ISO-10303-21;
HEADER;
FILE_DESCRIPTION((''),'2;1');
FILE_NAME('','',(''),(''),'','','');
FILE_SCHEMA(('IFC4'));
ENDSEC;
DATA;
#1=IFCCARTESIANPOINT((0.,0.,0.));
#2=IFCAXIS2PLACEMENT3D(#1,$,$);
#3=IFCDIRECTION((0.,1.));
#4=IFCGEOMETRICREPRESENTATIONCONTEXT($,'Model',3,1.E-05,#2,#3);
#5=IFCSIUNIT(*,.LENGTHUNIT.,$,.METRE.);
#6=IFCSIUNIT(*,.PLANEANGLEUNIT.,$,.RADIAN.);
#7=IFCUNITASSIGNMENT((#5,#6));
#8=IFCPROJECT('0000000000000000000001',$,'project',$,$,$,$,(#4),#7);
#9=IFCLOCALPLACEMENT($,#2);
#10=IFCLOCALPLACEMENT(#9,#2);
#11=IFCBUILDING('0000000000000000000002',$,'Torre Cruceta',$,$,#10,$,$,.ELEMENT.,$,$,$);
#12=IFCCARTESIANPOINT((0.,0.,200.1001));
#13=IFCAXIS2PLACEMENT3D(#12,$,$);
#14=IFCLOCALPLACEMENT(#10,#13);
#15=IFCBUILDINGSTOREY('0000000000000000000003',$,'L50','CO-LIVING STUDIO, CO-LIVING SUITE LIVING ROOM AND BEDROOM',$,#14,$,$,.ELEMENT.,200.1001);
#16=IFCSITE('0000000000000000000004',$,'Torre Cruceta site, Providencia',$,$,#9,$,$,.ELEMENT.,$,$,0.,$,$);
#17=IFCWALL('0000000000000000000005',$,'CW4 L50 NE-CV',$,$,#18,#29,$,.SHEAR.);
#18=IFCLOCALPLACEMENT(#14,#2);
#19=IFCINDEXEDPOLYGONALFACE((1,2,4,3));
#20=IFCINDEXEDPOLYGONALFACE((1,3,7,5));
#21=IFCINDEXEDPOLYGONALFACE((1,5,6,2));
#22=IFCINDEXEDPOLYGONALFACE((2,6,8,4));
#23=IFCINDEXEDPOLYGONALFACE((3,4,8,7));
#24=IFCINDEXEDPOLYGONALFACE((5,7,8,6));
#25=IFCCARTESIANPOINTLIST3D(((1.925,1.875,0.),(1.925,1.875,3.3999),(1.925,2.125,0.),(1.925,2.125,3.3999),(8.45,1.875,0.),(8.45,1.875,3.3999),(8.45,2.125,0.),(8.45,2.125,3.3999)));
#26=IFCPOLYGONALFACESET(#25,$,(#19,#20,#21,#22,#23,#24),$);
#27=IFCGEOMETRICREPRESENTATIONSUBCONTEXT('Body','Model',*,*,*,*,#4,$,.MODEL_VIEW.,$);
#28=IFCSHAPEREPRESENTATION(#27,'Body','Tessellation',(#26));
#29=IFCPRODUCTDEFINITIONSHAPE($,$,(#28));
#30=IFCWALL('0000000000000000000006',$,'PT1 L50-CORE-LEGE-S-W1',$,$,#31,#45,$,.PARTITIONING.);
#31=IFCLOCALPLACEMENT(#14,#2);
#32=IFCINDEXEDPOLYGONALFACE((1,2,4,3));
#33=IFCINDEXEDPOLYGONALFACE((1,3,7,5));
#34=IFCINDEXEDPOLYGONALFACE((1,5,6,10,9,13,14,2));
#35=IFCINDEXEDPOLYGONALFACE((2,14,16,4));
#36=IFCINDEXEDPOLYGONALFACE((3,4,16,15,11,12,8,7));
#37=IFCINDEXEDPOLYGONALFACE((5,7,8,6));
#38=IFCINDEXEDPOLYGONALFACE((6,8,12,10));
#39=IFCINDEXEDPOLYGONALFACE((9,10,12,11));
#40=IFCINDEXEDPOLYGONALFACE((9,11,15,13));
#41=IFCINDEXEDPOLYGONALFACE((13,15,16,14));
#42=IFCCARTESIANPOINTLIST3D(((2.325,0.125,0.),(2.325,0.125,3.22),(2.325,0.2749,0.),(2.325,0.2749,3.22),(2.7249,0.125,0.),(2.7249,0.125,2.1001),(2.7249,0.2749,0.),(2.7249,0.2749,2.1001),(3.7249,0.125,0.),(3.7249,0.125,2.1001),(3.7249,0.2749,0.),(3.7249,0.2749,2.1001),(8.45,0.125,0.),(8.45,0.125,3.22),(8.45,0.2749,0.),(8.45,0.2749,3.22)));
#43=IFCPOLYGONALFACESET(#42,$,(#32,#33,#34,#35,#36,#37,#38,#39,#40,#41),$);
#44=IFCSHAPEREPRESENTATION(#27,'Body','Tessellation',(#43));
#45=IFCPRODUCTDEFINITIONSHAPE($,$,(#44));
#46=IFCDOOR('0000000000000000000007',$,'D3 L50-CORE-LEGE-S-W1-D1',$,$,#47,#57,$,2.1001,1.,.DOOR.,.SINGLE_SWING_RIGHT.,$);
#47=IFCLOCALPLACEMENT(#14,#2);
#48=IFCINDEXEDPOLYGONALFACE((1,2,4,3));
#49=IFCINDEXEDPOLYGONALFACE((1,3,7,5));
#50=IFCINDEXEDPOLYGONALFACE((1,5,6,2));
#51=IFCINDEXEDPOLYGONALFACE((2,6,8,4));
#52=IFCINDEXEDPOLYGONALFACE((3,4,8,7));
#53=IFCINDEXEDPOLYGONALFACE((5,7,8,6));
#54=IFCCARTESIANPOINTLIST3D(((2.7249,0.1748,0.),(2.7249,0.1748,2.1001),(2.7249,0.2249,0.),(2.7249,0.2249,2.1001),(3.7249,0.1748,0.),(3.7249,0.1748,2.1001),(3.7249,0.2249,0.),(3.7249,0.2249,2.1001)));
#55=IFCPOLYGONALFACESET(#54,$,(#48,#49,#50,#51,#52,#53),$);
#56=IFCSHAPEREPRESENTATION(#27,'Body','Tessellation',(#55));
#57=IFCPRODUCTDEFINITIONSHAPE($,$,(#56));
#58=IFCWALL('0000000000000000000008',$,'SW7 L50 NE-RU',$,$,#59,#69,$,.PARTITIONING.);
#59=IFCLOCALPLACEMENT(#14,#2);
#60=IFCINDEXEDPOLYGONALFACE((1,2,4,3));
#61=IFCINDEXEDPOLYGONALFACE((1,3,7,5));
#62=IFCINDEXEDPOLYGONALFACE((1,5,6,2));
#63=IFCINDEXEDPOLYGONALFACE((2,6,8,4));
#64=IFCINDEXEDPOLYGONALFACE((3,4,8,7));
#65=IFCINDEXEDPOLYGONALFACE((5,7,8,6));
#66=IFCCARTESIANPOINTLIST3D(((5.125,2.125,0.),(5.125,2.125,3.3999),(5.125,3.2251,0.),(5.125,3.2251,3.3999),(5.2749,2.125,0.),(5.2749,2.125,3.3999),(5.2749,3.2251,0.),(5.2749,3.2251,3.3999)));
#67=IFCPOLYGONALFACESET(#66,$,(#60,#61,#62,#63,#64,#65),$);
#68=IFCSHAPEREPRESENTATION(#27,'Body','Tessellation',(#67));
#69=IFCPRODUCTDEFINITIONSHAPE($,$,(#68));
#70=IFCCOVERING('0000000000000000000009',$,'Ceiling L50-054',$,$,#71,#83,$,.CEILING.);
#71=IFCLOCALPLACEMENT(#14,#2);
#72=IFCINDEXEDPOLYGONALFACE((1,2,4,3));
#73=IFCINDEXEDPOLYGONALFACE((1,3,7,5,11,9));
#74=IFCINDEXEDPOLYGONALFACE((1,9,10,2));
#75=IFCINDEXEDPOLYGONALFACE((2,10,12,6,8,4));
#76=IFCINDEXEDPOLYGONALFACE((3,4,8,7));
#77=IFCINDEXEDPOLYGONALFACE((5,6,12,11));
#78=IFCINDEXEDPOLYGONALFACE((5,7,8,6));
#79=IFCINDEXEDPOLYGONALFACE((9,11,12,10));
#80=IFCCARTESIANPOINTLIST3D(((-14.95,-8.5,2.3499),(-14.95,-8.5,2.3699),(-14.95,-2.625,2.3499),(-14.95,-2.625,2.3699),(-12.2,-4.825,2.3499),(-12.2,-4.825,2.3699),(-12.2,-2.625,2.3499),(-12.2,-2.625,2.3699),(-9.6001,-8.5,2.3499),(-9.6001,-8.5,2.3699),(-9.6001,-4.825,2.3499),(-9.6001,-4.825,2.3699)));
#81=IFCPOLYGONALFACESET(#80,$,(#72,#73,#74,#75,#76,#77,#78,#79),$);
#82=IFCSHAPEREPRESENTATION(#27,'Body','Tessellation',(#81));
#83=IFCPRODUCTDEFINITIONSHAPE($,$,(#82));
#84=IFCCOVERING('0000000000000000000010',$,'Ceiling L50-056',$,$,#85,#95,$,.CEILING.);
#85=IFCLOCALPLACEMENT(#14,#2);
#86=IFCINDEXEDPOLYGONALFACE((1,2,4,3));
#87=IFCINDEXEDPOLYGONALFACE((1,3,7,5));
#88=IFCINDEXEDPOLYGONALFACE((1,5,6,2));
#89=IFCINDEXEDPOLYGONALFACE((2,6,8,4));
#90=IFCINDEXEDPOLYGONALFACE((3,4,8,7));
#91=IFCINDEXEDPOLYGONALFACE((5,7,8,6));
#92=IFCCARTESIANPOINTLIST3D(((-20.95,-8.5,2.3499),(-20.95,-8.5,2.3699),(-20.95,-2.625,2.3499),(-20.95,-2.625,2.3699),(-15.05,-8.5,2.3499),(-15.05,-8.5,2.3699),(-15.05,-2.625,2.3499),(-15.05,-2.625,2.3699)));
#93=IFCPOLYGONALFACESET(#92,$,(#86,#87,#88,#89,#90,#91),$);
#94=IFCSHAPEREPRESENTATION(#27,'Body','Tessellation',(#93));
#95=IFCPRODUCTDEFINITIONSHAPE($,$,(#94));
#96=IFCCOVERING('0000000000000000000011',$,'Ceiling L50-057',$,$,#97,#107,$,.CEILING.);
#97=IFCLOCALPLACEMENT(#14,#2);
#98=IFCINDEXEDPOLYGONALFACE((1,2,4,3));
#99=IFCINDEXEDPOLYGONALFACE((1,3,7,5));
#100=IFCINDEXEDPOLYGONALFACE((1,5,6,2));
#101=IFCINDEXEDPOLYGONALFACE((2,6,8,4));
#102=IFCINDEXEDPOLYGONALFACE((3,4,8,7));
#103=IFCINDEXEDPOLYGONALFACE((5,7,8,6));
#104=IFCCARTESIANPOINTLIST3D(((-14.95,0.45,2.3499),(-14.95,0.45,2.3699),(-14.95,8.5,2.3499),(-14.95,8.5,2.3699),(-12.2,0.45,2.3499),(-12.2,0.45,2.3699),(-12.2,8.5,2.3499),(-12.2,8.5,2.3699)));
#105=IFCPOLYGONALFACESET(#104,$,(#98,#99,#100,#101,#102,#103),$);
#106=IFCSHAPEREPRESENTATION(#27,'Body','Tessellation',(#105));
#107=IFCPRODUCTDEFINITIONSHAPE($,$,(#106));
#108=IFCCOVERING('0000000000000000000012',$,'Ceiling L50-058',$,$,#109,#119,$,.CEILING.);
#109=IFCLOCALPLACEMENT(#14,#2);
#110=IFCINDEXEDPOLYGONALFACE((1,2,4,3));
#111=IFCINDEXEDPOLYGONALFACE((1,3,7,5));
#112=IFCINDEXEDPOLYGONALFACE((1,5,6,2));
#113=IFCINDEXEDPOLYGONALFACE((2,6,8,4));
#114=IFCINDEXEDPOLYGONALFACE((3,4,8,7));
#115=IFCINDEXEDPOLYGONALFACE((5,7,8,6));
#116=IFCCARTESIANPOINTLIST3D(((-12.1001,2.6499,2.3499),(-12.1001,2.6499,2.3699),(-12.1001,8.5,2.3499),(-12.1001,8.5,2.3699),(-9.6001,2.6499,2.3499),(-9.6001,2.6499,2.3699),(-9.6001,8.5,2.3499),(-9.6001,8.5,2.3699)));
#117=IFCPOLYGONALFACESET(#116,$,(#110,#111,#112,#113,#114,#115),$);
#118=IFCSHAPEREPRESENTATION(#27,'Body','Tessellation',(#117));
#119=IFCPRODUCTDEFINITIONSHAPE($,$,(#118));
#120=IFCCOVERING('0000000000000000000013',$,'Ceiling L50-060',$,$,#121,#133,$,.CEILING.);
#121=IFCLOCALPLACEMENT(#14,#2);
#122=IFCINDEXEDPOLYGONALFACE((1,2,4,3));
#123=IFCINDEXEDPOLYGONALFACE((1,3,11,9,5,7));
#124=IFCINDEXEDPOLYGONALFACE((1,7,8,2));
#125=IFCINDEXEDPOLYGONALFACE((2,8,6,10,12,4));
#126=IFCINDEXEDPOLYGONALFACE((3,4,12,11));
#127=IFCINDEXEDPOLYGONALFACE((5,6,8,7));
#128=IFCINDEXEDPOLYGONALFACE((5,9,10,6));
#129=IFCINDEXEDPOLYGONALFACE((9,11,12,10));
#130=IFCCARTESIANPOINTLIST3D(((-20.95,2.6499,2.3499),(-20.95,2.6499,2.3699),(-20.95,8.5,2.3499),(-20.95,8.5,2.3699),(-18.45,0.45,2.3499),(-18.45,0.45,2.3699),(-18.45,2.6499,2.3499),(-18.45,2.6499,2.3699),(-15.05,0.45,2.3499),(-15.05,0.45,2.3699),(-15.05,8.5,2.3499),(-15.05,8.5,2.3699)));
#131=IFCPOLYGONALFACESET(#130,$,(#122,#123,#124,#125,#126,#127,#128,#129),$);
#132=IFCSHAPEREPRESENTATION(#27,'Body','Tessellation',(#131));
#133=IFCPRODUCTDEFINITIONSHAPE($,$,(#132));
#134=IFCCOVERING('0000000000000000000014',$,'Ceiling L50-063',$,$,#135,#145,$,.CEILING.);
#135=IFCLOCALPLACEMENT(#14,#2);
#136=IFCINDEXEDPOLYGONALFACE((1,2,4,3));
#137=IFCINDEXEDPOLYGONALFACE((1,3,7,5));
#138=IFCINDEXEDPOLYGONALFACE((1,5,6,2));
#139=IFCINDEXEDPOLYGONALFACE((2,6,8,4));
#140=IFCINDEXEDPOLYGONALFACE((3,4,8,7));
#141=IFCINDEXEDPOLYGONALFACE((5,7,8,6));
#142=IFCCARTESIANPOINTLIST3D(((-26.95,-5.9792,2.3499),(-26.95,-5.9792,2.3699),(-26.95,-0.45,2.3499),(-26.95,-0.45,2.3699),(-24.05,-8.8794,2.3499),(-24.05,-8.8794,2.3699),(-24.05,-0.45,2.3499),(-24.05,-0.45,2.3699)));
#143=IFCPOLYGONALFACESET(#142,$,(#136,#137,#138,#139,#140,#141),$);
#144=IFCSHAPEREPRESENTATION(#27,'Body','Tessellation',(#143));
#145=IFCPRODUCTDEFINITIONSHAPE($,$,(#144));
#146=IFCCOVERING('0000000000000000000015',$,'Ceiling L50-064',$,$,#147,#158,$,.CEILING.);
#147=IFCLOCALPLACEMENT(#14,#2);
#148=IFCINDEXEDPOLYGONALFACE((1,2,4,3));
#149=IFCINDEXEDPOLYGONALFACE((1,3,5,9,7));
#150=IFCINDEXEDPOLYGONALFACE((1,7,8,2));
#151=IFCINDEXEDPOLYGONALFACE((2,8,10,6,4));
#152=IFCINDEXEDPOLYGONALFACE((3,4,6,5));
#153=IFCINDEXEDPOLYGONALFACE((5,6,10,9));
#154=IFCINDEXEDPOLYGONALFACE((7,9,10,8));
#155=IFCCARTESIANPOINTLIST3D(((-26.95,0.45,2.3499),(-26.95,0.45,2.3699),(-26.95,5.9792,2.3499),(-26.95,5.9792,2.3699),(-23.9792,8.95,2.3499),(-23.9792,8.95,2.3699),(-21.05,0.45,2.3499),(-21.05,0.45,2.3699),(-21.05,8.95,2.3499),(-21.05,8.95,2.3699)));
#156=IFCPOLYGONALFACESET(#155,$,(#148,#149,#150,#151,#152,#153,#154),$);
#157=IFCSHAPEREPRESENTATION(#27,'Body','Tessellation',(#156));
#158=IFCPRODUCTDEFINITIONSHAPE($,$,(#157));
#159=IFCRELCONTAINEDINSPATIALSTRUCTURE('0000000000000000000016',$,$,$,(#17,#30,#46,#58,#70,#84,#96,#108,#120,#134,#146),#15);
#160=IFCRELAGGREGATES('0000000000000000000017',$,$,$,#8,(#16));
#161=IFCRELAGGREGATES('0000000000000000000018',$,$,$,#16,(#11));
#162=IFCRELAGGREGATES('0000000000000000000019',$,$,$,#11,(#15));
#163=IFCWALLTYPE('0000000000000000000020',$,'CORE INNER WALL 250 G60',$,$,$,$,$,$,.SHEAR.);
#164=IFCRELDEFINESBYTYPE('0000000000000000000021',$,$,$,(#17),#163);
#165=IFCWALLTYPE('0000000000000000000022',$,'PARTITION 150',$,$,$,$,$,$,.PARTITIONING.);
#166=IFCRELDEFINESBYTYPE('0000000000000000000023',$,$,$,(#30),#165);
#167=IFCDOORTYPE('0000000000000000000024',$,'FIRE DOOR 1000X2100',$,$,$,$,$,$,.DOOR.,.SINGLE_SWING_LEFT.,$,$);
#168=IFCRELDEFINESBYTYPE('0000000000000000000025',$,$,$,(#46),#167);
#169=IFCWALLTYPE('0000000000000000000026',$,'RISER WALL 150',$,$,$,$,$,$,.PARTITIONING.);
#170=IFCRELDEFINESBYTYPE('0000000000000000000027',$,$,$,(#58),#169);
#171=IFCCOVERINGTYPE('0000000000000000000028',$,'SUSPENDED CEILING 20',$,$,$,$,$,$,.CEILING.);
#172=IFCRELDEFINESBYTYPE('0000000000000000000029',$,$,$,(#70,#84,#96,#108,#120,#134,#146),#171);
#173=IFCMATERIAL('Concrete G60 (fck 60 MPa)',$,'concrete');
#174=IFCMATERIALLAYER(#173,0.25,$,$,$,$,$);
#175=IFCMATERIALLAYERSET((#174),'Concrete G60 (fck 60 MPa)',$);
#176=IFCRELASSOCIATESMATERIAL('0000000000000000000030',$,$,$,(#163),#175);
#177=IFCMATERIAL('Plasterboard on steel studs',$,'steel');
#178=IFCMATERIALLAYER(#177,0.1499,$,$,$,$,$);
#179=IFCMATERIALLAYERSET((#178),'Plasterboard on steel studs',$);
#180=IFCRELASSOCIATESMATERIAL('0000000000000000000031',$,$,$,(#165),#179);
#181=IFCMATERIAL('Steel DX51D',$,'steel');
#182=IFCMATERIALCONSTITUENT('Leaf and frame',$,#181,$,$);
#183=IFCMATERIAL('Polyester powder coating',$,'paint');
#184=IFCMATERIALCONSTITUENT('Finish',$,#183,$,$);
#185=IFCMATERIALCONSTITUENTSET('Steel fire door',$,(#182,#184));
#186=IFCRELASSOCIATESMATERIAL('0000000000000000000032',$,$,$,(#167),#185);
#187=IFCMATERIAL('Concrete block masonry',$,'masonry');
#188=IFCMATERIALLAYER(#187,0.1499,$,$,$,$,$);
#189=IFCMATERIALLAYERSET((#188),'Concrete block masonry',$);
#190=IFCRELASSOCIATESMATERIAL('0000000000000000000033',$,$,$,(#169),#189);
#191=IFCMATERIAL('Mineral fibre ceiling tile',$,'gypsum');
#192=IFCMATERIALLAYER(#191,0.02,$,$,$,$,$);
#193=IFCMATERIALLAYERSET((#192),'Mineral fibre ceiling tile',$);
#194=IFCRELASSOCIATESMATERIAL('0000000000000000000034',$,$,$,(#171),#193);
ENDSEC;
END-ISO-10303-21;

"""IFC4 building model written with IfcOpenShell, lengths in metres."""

from ifc_helpers import new_model, si_unit, direction, frame, frame_2d, origin, place, context, subcontext, project, spatial, polyline, rectangle, outline, extrude, material, layer, layer_set, constituent, constituent_set, type_object, element, fill, save


model = new_model("IFC4")

# Units and contexts
model_context = context("Model", 3, precision=1e-05, world=origin(), true_north=direction((0.0, 1.0)))
body_context = subcontext(model_context, "Body", "Model", "MODEL_VIEW")
ifc_project = project(units=[si_unit("LENGTHUNIT", "METRE"), si_unit("PLANEANGLEUNIT", "RADIAN")], contexts=[model_context])

# Site, building, storey
site_placement = place(None, origin())
site = spatial("IfcSite", under=ifc_project, at=site_placement, Name="Torre Cruceta site, Providencia", CompositionType="ELEMENT", RefElevation=0.0)
building_placement = place(site_placement, origin())
building = spatial("IfcBuilding", under=site, at=building_placement, Name="Torre Cruceta", CompositionType="ELEMENT")
storey_placement = place(building_placement, frame((0.0, 0.0, 200.1001)))
storey = spatial("IfcBuildingStorey", under=building, at=storey_placement, Name="L50", Description="CO-LIVING STUDIO, CO-LIVING SUITE LIVING ROOM AND BEDROOM", CompositionType="ELEMENT", Elevation=200.1001)

# Shared definitions
ifc_material_1 = material(Name="Concrete G60 (fck 60 MPa)", Category="concrete")
ifc_layer_1 = layer(ifc_material_1, 0.25)
ifc_layer_set_1 = layer_set([ifc_layer_1], Name="Concrete G60 (fck 60 MPa)")
wall_type_1 = type_object("IfcWallType", Name="CORE INNER WALL 250 G60", PredefinedType="SHEAR", material=ifc_layer_set_1)

# Wall
wall_1_placement = place(storey_placement, frame((1.925, 2.0, 0.0), z_axis=(0.0, 0.0, 1.0), x_axis=(1.0, 0.0, 0.0)))
element("IfcWall", 1, at=wall_1_placement, inside=storey, type_object=wall_type_1, Name="CW4 L50 NE-CV", PredefinedType="SHEAR", context=body_context, shape_type="SweptSolid", body=[
    extrude(rectangle(XDim=6.5249, YDim=0.25, at=frame_2d((3.2625, 0.0))), origin(), (0.0, 0.0, 1.0), 3.3999),
])

# Wall, opening, door
ifc_material_2 = material(Name="Plasterboard on steel studs", Category="steel")
ifc_layer_2 = layer(ifc_material_2, 0.1499)
ifc_layer_set_2 = layer_set([ifc_layer_2], Name="Plasterboard on steel studs")
wall_type_2 = type_object("IfcWallType", Name="PARTITION 150", PredefinedType="PARTITIONING", material=ifc_layer_set_2)
wall_2_placement = place(storey_placement, frame((2.325, 0.2, 0.0), z_axis=(0.0, 0.0, 1.0), x_axis=(1.0, 0.0, 0.0)))
wall_2 = element("IfcWall", 2, at=wall_2_placement, inside=storey, type_object=wall_type_2, Name="PT1 L50-CORE-LEGE-S-W1", PredefinedType="PARTITIONING", context=body_context, shape_type="SweptSolid", body=[
    extrude(rectangle(XDim=6.125, YDim=0.1499, at=frame_2d((3.0625, 0.0))), origin(), (0.0, 0.0, 1.0), 3.22),
])
opening_1_placement = place(wall_2_placement, frame((0.3999, 0.0, 0.0)))
opening_1 = element("IfcOpeningElement", 3, at=opening_1_placement, cuts=wall_2, PredefinedType="OPENING", context=body_context, shape_type="SweptSolid", body=[
    extrude(rectangle(XDim=1.0, YDim=2.1001, at=frame_2d((0.5, 1.05))), frame((0.0, 0.085, 0.0), z_axis=(0.0, -1.0, 0.0), x_axis=(1.0, 0.0, 0.0)), (0.0, 0.0, 1.0), 0.1699),
])
ifc_material_3 = material(Name="Steel DX51D", Category="steel")
ifc_constituent_1 = constituent(ifc_material_3, Name="Leaf and frame")
ifc_material_4 = material(Name="Polyester powder coating", Category="paint")
ifc_constituent_2 = constituent(ifc_material_4, Name="Finish")
ifc_constituent_set_1 = constituent_set(constituents=[ifc_constituent_1, ifc_constituent_2], Name="Steel fire door")
door_type_1 = type_object("IfcDoorType", Name="FIRE DOOR 1000X2100", OperationType="SINGLE_SWING_LEFT", PredefinedType="DOOR", material=ifc_constituent_set_1)
door_1_placement = place(opening_1_placement, frame((1.0, 0.0, 0.0), z_axis=(0.0, 0.0, 1.0), x_axis=(-1.0, 0.0, 0.0)))
door_1 = element("IfcDoor", 4, at=door_1_placement, inside=storey, type_object=door_type_1, Name="D3 L50-CORE-LEGE-S-W1-D1", OperationType="SINGLE_SWING_RIGHT", OverallHeight=2.1001, OverallWidth=1.0, PredefinedType="DOOR", context=body_context, shape_type="SweptSolid", body=[
    extrude(rectangle(XDim=1.0, YDim=2.1001, at=frame_2d((0.5, 1.05))), frame((0.0, 0.0251, 0.0), z_axis=(0.0, -1.0, 0.0), x_axis=(1.0, 0.0, 0.0)), (0.0, 0.0, 1.0), 0.05),
])
fill(opening_1, door_1)

# Wall
ifc_material_5 = material(Name="Concrete block masonry", Category="masonry")
ifc_layer_3 = layer(ifc_material_5, 0.1499)
ifc_layer_set_3 = layer_set([ifc_layer_3], Name="Concrete block masonry")
wall_type_3 = type_object("IfcWallType", Name="RISER WALL 150", PredefinedType="PARTITIONING", material=ifc_layer_set_3)
wall_3_placement = place(storey_placement, frame((5.2, 2.125, 0.0), z_axis=(0.0, 0.0, 1.0), x_axis=(0.0, 1.0, 0.0)))
element("IfcWall", 5, at=wall_3_placement, inside=storey, type_object=wall_type_3, Name="SW7 L50 NE-RU", PredefinedType="PARTITIONING", context=body_context, shape_type="SweptSolid", body=[
    extrude(rectangle(XDim=1.1001, YDim=0.1499, at=frame_2d((0.55, 0.0))), origin(), (0.0, 0.0, 1.0), 3.3999),
])

# Coverings
ifc_material_6 = material(Name="Mineral fibre ceiling tile", Category="gypsum")
ifc_layer_4 = layer(ifc_material_6, 0.02)
ifc_layer_set_4 = layer_set([ifc_layer_4], Name="Mineral fibre ceiling tile")
covering_type = type_object("IfcCoveringType", Name="SUSPENDED CEILING 20", PredefinedType="CEILING", material=ifc_layer_set_4)
covering_1_placement = place(storey_placement, frame((0.0, 0.0, 2.3499)))
element("IfcCovering", 6, at=covering_1_placement, inside=storey, type_object=covering_type, Name="Ceiling L50-054", PredefinedType="CEILING", context=body_context, shape_type="SweptSolid", body=[
    extrude(outline(polyline([(-9.6001, -8.5), (-14.95, -8.5), (-14.95, -2.625), (-12.2, -2.625), (-12.2, -4.825), (-9.6001, -4.825), (-9.6001, -8.5)])), origin(), (0.0, 0.0, 1.0), 0.02),
])
covering_2_placement = place(storey_placement, frame((0.0, 0.0, 2.3499)))
element("IfcCovering", 7, at=covering_2_placement, inside=storey, type_object=covering_type, Name="Ceiling L50-056", PredefinedType="CEILING", context=body_context, shape_type="SweptSolid", body=[
    extrude(outline(polyline([(-15.05, -2.625), (-15.05, -8.5), (-20.95, -8.5), (-20.95, -2.625), (-15.05, -2.625)])), origin(), (0.0, 0.0, 1.0), 0.02),
])
covering_3_placement = place(storey_placement, frame((0.0, 0.0, 2.3499)))
element("IfcCovering", 8, at=covering_3_placement, inside=storey, type_object=covering_type, Name="Ceiling L50-057", PredefinedType="CEILING", context=body_context, shape_type="SweptSolid", body=[
    extrude(outline(polyline([(-14.95, 8.5), (-12.2, 8.5), (-12.2, 0.45), (-14.95, 0.45), (-14.95, 8.5)])), origin(), (0.0, 0.0, 1.0), 0.02),
])
covering_4_placement = place(storey_placement, frame((0.0, 0.0, 2.3499)))
element("IfcCovering", 9, at=covering_4_placement, inside=storey, type_object=covering_type, Name="Ceiling L50-058", PredefinedType="CEILING", context=body_context, shape_type="SweptSolid", body=[
    extrude(outline(polyline([(-9.6001, 8.5), (-9.6001, 2.6499), (-12.1001, 2.6499), (-12.1001, 8.5), (-9.6001, 8.5)])), origin(), (0.0, 0.0, 1.0), 0.02),
])
covering_5_placement = place(storey_placement, frame((0.0, 0.0, 2.3499)))
element("IfcCovering", 10, at=covering_5_placement, inside=storey, type_object=covering_type, Name="Ceiling L50-060", PredefinedType="CEILING", context=body_context, shape_type="SweptSolid", body=[
    extrude(outline(polyline([(-20.95, 8.5), (-15.05, 8.5), (-15.05, 0.45), (-18.45, 0.45), (-18.45, 2.6499), (-20.95, 2.6499), (-20.95, 8.5)])), origin(), (0.0, 0.0, 1.0), 0.02),
])
covering_6_placement = place(storey_placement, frame((0.0, 0.0, 2.3499)))
element("IfcCovering", 11, at=covering_6_placement, inside=storey, type_object=covering_type, Name="Ceiling L50-063", PredefinedType="CEILING", context=body_context, shape_type="SweptSolid", body=[
    extrude(outline(polyline([(-26.95, -0.45), (-24.05, -0.45), (-24.05, -8.8794), (-26.95, -5.9792), (-26.95, -0.45)])), origin(), (0.0, 0.0, 1.0), 0.02),
])
covering_7_placement = place(storey_placement, frame((0.0, 0.0, 2.3499)))
element("IfcCovering", 12, at=covering_7_placement, inside=storey, type_object=covering_type, Name="Ceiling L50-064", PredefinedType="CEILING", context=body_context, shape_type="SweptSolid", body=[
    extrude(outline(polyline([(-23.9792, 8.95), (-21.05, 8.95), (-21.05, 0.45), (-26.95, 0.45), (-26.95, 5.9792), (-23.9792, 8.95)])), origin(), (0.0, 0.0, 1.0), 0.02),
])

save(model, "model.ifc")
